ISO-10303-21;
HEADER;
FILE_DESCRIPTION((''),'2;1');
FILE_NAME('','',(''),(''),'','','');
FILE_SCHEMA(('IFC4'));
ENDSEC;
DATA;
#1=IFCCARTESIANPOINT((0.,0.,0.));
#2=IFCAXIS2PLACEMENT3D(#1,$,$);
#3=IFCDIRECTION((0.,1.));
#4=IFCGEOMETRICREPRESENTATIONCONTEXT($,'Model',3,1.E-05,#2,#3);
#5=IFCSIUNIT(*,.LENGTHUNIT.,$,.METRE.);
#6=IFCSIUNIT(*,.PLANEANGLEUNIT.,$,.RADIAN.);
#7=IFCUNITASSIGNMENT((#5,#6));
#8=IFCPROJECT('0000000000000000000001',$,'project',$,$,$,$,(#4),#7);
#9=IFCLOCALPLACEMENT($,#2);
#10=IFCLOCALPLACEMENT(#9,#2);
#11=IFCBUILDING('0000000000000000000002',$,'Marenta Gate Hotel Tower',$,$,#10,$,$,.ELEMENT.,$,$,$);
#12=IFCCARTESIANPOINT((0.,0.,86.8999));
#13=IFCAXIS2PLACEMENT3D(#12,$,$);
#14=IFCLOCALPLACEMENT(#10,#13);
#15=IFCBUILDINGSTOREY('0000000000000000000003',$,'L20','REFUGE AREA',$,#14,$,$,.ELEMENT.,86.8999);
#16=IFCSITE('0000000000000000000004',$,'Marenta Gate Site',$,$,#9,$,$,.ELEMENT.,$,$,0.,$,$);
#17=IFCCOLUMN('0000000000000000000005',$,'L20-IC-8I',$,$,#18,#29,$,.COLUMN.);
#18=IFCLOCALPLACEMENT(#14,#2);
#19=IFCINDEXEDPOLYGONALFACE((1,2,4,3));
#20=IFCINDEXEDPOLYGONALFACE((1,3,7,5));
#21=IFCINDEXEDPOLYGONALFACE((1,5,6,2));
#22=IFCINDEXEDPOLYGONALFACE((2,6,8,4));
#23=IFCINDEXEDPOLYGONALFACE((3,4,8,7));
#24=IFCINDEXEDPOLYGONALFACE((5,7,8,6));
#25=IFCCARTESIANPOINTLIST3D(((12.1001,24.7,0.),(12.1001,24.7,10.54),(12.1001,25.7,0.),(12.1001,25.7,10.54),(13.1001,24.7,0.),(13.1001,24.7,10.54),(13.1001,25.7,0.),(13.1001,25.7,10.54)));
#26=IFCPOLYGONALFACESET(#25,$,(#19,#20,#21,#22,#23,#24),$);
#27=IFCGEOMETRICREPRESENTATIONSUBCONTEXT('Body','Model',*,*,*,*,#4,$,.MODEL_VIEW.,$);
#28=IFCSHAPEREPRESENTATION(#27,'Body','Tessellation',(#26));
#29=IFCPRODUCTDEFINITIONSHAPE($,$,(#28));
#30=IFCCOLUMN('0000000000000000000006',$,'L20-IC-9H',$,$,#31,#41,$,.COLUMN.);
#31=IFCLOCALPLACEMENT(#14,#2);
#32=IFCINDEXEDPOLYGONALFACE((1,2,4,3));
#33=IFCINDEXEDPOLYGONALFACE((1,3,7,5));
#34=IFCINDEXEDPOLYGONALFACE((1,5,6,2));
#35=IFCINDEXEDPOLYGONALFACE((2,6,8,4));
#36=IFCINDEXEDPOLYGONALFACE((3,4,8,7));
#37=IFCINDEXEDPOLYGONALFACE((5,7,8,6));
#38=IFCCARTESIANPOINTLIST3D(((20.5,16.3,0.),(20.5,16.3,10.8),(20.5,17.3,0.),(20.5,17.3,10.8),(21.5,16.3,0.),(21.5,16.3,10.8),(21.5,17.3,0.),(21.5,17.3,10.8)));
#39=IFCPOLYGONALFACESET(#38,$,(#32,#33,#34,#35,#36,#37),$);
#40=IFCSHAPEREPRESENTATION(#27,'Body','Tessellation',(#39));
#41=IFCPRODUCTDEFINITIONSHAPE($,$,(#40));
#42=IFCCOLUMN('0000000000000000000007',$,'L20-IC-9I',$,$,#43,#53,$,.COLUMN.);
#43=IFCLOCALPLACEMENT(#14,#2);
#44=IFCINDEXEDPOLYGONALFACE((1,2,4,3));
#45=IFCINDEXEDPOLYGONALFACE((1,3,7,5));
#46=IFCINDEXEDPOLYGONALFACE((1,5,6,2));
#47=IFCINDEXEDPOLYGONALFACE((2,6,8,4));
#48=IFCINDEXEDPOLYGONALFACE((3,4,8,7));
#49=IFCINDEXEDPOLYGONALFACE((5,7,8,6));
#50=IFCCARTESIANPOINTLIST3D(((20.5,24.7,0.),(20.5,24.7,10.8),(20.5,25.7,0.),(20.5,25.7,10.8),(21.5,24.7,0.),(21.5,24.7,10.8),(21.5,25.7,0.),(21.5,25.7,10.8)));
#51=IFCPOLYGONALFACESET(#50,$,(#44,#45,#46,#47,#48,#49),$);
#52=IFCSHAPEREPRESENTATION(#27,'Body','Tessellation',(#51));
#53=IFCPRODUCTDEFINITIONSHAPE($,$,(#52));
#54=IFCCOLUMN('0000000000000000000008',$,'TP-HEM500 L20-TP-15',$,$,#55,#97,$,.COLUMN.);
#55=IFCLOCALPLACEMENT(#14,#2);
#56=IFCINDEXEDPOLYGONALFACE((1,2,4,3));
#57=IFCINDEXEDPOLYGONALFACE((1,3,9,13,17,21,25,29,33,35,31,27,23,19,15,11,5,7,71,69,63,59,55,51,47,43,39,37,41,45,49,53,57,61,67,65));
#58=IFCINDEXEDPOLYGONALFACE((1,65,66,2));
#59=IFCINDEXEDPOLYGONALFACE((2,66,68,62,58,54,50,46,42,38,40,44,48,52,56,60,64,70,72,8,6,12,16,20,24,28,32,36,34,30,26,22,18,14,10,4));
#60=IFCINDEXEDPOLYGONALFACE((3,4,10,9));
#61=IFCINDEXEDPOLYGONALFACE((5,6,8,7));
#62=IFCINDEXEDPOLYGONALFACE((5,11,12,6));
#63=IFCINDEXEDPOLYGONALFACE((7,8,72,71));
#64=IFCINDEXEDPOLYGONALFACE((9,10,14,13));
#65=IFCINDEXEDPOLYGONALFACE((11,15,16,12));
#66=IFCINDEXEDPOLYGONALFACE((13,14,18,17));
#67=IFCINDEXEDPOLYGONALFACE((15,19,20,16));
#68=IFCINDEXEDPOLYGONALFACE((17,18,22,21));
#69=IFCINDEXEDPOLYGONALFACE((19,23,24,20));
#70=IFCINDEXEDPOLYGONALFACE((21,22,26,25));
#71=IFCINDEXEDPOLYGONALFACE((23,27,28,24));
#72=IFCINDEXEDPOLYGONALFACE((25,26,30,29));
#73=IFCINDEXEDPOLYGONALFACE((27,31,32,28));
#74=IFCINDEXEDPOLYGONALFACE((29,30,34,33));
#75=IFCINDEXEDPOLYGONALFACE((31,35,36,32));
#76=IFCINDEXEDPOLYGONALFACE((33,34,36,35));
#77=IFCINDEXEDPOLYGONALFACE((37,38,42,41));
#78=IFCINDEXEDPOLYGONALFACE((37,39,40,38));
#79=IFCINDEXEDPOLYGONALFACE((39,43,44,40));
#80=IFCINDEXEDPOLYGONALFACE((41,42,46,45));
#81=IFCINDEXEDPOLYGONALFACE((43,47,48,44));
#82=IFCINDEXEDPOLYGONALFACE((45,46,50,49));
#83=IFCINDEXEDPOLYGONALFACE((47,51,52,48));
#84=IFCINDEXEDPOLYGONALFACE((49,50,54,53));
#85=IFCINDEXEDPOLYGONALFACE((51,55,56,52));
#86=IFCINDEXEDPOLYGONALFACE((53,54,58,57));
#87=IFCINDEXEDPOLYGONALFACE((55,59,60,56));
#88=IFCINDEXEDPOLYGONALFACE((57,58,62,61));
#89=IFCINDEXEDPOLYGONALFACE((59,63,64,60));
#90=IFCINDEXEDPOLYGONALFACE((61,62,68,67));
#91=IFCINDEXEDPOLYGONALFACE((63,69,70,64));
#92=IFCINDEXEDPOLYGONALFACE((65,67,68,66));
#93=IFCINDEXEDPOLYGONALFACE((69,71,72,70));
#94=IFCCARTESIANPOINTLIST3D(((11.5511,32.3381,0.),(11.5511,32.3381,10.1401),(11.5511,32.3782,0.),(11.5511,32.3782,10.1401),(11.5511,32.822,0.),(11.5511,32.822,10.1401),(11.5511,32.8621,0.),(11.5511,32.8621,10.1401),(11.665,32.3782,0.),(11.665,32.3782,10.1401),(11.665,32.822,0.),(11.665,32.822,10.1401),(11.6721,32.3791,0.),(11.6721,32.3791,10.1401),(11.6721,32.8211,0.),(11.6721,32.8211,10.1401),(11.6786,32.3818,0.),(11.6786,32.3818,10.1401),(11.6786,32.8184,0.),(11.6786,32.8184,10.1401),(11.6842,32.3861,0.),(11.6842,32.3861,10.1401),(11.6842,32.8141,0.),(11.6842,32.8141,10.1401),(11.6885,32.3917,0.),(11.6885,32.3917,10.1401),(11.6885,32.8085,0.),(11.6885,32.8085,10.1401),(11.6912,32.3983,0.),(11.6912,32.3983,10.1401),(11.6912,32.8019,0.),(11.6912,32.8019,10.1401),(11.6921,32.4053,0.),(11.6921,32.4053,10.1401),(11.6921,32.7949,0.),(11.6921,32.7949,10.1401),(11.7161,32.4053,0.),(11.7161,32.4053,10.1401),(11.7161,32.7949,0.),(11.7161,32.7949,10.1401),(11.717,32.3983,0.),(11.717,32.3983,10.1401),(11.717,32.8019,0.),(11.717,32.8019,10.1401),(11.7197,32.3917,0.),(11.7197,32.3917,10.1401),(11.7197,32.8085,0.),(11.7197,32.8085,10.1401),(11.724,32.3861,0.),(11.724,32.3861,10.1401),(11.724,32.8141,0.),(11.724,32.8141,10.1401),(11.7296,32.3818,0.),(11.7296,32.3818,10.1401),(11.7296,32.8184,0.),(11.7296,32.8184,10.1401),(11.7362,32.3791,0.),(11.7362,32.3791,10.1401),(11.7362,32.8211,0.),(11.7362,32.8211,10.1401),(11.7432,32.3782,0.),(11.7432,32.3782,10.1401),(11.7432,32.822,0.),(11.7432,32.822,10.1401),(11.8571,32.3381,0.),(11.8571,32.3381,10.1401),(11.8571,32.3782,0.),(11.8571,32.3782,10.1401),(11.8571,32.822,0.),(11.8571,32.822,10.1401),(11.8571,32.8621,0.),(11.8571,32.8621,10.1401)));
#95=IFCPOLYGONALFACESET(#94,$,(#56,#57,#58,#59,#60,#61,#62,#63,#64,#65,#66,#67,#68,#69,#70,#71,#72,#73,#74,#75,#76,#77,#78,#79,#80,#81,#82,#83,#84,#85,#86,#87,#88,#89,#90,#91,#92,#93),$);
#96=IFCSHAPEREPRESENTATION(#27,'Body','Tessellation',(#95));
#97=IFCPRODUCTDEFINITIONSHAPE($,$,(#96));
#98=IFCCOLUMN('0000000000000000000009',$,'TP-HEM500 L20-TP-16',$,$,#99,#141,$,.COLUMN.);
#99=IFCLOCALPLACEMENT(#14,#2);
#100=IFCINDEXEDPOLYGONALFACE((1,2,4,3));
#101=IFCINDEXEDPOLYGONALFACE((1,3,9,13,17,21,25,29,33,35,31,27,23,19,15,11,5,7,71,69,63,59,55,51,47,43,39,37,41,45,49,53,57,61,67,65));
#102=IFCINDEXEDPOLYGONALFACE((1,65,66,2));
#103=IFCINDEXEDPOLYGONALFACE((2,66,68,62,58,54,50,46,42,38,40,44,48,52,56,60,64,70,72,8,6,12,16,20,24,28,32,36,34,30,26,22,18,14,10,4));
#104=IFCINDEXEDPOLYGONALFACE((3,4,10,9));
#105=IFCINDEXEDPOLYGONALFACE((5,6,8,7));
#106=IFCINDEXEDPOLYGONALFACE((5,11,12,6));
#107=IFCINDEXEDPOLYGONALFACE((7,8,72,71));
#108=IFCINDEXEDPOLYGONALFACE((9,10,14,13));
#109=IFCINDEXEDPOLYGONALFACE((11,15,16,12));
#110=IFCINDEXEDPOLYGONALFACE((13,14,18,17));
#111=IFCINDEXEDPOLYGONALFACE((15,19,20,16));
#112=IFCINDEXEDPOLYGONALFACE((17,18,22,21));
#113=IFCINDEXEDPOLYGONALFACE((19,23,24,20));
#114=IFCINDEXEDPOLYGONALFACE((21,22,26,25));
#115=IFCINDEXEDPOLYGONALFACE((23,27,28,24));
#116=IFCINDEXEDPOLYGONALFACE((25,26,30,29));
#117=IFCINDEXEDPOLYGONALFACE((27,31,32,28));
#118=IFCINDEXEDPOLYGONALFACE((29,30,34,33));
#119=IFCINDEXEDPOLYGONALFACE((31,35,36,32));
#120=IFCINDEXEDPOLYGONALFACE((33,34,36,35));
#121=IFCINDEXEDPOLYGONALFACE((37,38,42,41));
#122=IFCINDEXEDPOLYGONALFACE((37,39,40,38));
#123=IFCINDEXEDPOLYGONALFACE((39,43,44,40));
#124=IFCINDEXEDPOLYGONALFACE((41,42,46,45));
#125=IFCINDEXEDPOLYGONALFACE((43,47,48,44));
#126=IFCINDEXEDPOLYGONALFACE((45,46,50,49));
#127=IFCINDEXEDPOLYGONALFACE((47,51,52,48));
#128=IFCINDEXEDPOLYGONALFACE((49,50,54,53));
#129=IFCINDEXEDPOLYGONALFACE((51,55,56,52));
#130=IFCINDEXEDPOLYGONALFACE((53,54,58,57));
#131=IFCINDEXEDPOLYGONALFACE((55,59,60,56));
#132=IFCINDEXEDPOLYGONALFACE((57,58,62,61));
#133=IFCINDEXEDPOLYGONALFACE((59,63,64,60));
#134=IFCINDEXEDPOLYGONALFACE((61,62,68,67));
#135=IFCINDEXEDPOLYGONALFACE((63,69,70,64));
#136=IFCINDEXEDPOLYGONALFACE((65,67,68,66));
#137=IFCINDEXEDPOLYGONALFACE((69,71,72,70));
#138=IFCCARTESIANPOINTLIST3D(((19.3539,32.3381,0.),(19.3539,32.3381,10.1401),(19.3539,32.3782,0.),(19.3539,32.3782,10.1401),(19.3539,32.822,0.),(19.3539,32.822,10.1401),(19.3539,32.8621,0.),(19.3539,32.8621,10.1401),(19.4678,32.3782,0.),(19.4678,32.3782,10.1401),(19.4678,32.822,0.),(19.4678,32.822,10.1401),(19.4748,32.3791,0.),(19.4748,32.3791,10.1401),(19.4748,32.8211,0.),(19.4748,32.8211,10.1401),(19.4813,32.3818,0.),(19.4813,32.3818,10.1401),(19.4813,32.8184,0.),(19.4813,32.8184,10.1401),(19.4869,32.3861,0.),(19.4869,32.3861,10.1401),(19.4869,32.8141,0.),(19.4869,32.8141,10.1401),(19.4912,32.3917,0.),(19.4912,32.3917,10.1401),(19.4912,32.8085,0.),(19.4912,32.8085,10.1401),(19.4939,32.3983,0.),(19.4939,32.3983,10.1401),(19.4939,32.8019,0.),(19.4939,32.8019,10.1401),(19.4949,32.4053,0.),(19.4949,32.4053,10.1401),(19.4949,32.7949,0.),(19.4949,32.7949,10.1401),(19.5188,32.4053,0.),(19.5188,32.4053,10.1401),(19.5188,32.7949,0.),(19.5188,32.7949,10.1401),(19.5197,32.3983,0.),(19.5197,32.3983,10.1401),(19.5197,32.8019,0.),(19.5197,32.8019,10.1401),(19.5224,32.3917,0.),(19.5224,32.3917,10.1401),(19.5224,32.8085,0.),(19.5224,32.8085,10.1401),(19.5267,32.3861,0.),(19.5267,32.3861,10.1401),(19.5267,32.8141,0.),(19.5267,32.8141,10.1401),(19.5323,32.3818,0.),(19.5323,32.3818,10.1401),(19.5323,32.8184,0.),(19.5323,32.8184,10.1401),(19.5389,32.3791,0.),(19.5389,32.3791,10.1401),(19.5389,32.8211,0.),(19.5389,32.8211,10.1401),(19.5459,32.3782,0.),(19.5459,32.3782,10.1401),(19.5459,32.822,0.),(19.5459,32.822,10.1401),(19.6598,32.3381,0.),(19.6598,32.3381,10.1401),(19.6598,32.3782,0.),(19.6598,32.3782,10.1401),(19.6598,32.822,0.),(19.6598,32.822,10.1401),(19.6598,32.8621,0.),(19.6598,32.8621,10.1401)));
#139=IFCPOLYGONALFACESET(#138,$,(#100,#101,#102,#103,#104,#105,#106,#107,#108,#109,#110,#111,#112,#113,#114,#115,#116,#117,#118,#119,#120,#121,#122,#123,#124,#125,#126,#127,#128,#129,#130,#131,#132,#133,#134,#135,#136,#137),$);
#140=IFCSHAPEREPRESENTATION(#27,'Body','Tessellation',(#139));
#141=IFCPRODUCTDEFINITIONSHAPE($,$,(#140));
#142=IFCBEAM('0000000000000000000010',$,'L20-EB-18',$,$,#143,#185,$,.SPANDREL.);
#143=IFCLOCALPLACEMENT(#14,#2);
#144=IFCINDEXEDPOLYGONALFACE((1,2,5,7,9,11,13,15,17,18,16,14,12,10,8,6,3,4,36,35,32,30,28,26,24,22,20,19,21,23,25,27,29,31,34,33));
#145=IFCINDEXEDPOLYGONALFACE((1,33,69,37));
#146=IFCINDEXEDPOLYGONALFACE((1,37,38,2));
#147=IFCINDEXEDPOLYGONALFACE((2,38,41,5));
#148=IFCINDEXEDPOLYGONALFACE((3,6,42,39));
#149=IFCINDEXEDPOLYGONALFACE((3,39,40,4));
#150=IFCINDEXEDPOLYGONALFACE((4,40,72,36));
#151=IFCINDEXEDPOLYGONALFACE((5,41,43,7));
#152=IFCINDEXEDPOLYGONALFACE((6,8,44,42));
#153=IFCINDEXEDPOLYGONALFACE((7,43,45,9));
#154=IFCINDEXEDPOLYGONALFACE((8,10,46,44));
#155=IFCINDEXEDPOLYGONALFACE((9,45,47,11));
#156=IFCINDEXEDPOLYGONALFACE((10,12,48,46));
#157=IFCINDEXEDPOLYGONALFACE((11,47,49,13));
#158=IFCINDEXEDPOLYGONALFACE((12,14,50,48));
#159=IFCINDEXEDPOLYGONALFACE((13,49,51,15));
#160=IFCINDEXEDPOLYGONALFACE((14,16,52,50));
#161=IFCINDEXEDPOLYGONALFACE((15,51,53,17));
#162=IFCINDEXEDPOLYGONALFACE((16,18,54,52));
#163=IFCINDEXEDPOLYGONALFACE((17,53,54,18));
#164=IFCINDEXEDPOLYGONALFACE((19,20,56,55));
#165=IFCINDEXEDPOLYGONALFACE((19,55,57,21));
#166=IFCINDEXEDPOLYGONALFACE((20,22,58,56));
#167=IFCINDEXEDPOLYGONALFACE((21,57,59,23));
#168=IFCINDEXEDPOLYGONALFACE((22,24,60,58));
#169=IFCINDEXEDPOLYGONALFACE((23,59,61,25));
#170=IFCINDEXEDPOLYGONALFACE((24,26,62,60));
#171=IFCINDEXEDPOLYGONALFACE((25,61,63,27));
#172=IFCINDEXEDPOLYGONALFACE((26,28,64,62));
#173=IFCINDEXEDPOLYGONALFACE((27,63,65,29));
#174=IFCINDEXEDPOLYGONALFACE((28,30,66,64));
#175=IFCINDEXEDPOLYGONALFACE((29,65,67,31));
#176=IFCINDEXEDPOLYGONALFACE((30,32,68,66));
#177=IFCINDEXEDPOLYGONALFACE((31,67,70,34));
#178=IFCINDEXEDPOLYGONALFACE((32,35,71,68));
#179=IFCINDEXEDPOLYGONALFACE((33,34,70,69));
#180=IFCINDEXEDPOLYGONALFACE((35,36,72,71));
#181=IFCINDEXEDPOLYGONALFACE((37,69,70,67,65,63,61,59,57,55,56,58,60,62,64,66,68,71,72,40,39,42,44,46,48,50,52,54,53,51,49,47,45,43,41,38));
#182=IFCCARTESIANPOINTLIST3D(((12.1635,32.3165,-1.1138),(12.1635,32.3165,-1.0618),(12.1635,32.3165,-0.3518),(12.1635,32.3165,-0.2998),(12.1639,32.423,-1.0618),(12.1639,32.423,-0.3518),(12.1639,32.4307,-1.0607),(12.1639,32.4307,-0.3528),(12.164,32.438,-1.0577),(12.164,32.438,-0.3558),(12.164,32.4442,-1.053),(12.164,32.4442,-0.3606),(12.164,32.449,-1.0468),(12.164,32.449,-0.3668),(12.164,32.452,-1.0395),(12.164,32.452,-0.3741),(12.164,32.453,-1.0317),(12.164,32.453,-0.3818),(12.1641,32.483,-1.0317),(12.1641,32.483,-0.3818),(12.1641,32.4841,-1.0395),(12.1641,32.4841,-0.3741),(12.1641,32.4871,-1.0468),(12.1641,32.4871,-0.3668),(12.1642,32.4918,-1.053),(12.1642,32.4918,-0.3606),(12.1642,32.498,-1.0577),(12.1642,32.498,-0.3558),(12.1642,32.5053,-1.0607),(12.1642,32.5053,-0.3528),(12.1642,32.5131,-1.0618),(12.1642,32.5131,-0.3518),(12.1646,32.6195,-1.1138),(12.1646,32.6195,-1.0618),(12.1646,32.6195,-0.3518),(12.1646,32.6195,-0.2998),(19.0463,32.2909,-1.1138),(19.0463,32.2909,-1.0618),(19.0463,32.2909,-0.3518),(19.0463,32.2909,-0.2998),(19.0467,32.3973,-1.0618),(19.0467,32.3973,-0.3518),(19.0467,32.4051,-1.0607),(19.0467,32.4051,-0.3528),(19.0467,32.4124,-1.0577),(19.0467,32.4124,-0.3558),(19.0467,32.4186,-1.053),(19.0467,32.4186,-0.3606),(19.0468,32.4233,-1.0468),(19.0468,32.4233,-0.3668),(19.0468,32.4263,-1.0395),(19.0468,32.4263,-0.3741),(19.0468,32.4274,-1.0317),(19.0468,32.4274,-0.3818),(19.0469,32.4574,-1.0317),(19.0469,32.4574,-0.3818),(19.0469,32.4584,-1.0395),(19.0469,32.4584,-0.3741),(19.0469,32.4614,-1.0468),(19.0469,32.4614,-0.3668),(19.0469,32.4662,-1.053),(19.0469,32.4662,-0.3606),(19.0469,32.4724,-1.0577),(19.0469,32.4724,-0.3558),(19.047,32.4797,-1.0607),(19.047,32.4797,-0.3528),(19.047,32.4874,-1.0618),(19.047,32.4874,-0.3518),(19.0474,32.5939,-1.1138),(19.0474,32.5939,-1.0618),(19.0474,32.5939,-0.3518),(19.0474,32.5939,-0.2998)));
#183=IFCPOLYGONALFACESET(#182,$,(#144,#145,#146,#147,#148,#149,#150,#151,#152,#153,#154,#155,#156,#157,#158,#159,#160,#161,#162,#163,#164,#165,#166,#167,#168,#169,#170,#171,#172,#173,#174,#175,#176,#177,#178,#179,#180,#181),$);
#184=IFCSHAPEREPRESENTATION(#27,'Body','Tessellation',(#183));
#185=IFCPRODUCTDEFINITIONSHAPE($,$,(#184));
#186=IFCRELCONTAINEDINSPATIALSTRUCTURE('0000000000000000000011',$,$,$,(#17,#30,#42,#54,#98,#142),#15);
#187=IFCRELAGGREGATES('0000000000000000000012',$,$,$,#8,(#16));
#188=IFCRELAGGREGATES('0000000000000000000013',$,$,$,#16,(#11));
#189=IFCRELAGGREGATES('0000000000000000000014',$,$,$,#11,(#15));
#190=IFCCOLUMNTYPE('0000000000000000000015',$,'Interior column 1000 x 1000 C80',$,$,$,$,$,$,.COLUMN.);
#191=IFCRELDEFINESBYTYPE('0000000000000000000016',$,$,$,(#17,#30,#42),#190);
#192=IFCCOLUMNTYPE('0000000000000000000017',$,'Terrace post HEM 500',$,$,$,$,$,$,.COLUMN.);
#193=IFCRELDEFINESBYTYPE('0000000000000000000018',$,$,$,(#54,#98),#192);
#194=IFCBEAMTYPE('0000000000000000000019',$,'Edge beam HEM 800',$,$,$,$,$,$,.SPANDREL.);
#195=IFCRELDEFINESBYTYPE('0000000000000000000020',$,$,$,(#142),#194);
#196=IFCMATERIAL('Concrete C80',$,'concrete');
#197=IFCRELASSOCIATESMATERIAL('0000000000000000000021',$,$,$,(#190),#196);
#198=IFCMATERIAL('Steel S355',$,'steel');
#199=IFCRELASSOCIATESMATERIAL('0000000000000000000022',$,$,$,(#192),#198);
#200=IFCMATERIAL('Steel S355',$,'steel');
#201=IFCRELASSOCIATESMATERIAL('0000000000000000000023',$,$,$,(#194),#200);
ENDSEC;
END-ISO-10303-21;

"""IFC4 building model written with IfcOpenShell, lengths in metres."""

from ifc_helpers import new_model, si_unit, direction, frame, origin, origin_2d, place, context, subcontext, project, spatial, rectangle, i_section, extrude, material, material_profile, profile_set, type_object, element, save


model = new_model("IFC4")

# Units and contexts
model_context = context("Model", 3, precision=1e-05, world=origin(), true_north=direction((0.0, 1.0)))
body_context = subcontext(model_context, "Body", "Model", "MODEL_VIEW")
ifc_project = project(units=[si_unit("LENGTHUNIT", "METRE"), si_unit("PLANEANGLEUNIT", "RADIAN")], contexts=[model_context])

# Site, building, storey
site_placement = place(None, origin())
site = spatial("IfcSite", under=ifc_project, at=site_placement, Name="Marenta Gate Site", CompositionType="ELEMENT", RefElevation=0.0)
building_placement = place(site_placement, origin())
building = spatial("IfcBuilding", under=site, at=building_placement, Name="Marenta Gate Hotel Tower", CompositionType="ELEMENT")
storey_placement = place(building_placement, frame((0.0, 0.0, 86.8999)))
storey = spatial("IfcBuildingStorey", under=building, at=storey_placement, Name="L20", Description="REFUGE AREA", CompositionType="ELEMENT", Elevation=86.8999)

# Columns
ifc_material_1 = material(Name="Concrete C80", Category="concrete")
ifc_material_profile_1 = material_profile(ifc_material_1, rectangle(XDim=1.0, YDim=1.0, at=origin_2d()), Name="1000 x 1000")
ifc_profile_set_1 = profile_set([ifc_material_profile_1], Name="Concrete C80")
column_type_1 = type_object("IfcColumnType", Name="Interior column 1000 x 1000 C80", PredefinedType="COLUMN", material=ifc_profile_set_1)
column_placement = place(storey_placement, frame((12.6001, 25.2, 0.0), z_axis=(0.0, 0.0, 1.0), x_axis=(1.0, 0.0, 0.0)))
element("IfcColumn", 1, at=column_placement, inside=storey, type_object=column_type_1, Name="L20-IC-8I", PredefinedType="COLUMN", context=body_context, shape_type="SweptSolid", body=[
    extrude(rectangle(XDim=1.0, YDim=1.0, at=origin_2d()), origin(), (0.0, 0.0, 1.0), 10.54),
])
for number, where, z_axis, x_axis, name in (
    (2, (21.0, 16.8, 0.0), (0.0, 0.0, 1.0), (1.0, 0.0, 0.0), "L20-IC-9H"),
    (3, (21.0, 25.2, 0.0), (0.0, 0.0, 1.0), (1.0, 0.0, 0.0), "L20-IC-9I"),
):
    element("IfcColumn", number, at=place(storey_placement, frame(where, z_axis=z_axis, x_axis=x_axis)), inside=storey, type_object=column_type_1, Name=name, PredefinedType="COLUMN", context=body_context, shape_type="SweptSolid", body=[
        extrude(rectangle(XDim=1.0, YDim=1.0, at=origin_2d()), origin(), (0.0, 0.0, 1.0), 10.8),
    ])
ifc_material_2 = material(Name="Steel S355", Category="steel")
ifc_material_profile_2 = material_profile(ifc_material_2, i_section(OverallWidth=0.3059, OverallDepth=0.5239, WebThickness=0.0239, FlangeThickness=0.04, FilletRadius=0.0271, at=origin_2d()), Name="HEM 500")
ifc_profile_set_2 = profile_set([ifc_material_profile_2], Name="Steel S355")
column_type_2 = type_object("IfcColumnType", Name="Terrace post HEM 500", PredefinedType="COLUMN", material=ifc_profile_set_2)
for number, where, z_axis, x_axis, name in (
    (4, (11.7041, 32.6001, 0.0), (0.0, 0.0, 1.0), (1.0, 0.0, 0.0), "TP-HEM500 L20-TP-15"),
    (5, (19.5068, 32.6001, 0.0), (0.0, 0.0, 1.0), (1.0, 0.0, 0.0), "TP-HEM500 L20-TP-16"),
):
    element("IfcColumn", number, at=place(storey_placement, frame(where, z_axis=z_axis, x_axis=x_axis)), inside=storey, type_object=column_type_2, Name=name, PredefinedType="COLUMN", context=body_context, shape_type="SweptSolid", body=[
        extrude(i_section(OverallWidth=0.3059, OverallDepth=0.5239, WebThickness=0.0239, FlangeThickness=0.04, FilletRadius=0.0271, at=origin_2d()), origin(), (0.0, 0.0, 1.0), 10.1401),
    ])

# Beam
ifc_material_3 = material(Name="Steel S355", Category="steel")
ifc_material_profile_3 = material_profile(ifc_material_3, i_section(OverallWidth=0.303, OverallDepth=0.814, WebThickness=0.03, FlangeThickness=0.052, FilletRadius=0.03, at=origin_2d()), Name="HEM 800")
ifc_profile_set_3 = profile_set([ifc_material_profile_3], Name="Steel S355")
beam_type_1 = type_object("IfcBeamType", Name="Edge beam HEM 800", PredefinedType="SPANDREL", material=ifc_profile_set_3)
beam_1_placement = place(storey_placement, frame((12.1641, 32.468, -0.7068), z_axis=(0.999993, -0.003724, 0.0), x_axis=(0.003724, 0.999993, 0.0)))
element("IfcBeam", 6, at=beam_1_placement, inside=storey, type_object=beam_type_1, Name="L20-EB-18", PredefinedType="SPANDREL", context=body_context, shape_type="SweptSolid", body=[
    extrude(i_section(OverallWidth=0.303, OverallDepth=0.814, WebThickness=0.03, FlangeThickness=0.052, FilletRadius=0.03, at=origin_2d()), origin(), (0.0, 0.0, 1.0), 6.8828),
])

save(model, "model.ifc")
